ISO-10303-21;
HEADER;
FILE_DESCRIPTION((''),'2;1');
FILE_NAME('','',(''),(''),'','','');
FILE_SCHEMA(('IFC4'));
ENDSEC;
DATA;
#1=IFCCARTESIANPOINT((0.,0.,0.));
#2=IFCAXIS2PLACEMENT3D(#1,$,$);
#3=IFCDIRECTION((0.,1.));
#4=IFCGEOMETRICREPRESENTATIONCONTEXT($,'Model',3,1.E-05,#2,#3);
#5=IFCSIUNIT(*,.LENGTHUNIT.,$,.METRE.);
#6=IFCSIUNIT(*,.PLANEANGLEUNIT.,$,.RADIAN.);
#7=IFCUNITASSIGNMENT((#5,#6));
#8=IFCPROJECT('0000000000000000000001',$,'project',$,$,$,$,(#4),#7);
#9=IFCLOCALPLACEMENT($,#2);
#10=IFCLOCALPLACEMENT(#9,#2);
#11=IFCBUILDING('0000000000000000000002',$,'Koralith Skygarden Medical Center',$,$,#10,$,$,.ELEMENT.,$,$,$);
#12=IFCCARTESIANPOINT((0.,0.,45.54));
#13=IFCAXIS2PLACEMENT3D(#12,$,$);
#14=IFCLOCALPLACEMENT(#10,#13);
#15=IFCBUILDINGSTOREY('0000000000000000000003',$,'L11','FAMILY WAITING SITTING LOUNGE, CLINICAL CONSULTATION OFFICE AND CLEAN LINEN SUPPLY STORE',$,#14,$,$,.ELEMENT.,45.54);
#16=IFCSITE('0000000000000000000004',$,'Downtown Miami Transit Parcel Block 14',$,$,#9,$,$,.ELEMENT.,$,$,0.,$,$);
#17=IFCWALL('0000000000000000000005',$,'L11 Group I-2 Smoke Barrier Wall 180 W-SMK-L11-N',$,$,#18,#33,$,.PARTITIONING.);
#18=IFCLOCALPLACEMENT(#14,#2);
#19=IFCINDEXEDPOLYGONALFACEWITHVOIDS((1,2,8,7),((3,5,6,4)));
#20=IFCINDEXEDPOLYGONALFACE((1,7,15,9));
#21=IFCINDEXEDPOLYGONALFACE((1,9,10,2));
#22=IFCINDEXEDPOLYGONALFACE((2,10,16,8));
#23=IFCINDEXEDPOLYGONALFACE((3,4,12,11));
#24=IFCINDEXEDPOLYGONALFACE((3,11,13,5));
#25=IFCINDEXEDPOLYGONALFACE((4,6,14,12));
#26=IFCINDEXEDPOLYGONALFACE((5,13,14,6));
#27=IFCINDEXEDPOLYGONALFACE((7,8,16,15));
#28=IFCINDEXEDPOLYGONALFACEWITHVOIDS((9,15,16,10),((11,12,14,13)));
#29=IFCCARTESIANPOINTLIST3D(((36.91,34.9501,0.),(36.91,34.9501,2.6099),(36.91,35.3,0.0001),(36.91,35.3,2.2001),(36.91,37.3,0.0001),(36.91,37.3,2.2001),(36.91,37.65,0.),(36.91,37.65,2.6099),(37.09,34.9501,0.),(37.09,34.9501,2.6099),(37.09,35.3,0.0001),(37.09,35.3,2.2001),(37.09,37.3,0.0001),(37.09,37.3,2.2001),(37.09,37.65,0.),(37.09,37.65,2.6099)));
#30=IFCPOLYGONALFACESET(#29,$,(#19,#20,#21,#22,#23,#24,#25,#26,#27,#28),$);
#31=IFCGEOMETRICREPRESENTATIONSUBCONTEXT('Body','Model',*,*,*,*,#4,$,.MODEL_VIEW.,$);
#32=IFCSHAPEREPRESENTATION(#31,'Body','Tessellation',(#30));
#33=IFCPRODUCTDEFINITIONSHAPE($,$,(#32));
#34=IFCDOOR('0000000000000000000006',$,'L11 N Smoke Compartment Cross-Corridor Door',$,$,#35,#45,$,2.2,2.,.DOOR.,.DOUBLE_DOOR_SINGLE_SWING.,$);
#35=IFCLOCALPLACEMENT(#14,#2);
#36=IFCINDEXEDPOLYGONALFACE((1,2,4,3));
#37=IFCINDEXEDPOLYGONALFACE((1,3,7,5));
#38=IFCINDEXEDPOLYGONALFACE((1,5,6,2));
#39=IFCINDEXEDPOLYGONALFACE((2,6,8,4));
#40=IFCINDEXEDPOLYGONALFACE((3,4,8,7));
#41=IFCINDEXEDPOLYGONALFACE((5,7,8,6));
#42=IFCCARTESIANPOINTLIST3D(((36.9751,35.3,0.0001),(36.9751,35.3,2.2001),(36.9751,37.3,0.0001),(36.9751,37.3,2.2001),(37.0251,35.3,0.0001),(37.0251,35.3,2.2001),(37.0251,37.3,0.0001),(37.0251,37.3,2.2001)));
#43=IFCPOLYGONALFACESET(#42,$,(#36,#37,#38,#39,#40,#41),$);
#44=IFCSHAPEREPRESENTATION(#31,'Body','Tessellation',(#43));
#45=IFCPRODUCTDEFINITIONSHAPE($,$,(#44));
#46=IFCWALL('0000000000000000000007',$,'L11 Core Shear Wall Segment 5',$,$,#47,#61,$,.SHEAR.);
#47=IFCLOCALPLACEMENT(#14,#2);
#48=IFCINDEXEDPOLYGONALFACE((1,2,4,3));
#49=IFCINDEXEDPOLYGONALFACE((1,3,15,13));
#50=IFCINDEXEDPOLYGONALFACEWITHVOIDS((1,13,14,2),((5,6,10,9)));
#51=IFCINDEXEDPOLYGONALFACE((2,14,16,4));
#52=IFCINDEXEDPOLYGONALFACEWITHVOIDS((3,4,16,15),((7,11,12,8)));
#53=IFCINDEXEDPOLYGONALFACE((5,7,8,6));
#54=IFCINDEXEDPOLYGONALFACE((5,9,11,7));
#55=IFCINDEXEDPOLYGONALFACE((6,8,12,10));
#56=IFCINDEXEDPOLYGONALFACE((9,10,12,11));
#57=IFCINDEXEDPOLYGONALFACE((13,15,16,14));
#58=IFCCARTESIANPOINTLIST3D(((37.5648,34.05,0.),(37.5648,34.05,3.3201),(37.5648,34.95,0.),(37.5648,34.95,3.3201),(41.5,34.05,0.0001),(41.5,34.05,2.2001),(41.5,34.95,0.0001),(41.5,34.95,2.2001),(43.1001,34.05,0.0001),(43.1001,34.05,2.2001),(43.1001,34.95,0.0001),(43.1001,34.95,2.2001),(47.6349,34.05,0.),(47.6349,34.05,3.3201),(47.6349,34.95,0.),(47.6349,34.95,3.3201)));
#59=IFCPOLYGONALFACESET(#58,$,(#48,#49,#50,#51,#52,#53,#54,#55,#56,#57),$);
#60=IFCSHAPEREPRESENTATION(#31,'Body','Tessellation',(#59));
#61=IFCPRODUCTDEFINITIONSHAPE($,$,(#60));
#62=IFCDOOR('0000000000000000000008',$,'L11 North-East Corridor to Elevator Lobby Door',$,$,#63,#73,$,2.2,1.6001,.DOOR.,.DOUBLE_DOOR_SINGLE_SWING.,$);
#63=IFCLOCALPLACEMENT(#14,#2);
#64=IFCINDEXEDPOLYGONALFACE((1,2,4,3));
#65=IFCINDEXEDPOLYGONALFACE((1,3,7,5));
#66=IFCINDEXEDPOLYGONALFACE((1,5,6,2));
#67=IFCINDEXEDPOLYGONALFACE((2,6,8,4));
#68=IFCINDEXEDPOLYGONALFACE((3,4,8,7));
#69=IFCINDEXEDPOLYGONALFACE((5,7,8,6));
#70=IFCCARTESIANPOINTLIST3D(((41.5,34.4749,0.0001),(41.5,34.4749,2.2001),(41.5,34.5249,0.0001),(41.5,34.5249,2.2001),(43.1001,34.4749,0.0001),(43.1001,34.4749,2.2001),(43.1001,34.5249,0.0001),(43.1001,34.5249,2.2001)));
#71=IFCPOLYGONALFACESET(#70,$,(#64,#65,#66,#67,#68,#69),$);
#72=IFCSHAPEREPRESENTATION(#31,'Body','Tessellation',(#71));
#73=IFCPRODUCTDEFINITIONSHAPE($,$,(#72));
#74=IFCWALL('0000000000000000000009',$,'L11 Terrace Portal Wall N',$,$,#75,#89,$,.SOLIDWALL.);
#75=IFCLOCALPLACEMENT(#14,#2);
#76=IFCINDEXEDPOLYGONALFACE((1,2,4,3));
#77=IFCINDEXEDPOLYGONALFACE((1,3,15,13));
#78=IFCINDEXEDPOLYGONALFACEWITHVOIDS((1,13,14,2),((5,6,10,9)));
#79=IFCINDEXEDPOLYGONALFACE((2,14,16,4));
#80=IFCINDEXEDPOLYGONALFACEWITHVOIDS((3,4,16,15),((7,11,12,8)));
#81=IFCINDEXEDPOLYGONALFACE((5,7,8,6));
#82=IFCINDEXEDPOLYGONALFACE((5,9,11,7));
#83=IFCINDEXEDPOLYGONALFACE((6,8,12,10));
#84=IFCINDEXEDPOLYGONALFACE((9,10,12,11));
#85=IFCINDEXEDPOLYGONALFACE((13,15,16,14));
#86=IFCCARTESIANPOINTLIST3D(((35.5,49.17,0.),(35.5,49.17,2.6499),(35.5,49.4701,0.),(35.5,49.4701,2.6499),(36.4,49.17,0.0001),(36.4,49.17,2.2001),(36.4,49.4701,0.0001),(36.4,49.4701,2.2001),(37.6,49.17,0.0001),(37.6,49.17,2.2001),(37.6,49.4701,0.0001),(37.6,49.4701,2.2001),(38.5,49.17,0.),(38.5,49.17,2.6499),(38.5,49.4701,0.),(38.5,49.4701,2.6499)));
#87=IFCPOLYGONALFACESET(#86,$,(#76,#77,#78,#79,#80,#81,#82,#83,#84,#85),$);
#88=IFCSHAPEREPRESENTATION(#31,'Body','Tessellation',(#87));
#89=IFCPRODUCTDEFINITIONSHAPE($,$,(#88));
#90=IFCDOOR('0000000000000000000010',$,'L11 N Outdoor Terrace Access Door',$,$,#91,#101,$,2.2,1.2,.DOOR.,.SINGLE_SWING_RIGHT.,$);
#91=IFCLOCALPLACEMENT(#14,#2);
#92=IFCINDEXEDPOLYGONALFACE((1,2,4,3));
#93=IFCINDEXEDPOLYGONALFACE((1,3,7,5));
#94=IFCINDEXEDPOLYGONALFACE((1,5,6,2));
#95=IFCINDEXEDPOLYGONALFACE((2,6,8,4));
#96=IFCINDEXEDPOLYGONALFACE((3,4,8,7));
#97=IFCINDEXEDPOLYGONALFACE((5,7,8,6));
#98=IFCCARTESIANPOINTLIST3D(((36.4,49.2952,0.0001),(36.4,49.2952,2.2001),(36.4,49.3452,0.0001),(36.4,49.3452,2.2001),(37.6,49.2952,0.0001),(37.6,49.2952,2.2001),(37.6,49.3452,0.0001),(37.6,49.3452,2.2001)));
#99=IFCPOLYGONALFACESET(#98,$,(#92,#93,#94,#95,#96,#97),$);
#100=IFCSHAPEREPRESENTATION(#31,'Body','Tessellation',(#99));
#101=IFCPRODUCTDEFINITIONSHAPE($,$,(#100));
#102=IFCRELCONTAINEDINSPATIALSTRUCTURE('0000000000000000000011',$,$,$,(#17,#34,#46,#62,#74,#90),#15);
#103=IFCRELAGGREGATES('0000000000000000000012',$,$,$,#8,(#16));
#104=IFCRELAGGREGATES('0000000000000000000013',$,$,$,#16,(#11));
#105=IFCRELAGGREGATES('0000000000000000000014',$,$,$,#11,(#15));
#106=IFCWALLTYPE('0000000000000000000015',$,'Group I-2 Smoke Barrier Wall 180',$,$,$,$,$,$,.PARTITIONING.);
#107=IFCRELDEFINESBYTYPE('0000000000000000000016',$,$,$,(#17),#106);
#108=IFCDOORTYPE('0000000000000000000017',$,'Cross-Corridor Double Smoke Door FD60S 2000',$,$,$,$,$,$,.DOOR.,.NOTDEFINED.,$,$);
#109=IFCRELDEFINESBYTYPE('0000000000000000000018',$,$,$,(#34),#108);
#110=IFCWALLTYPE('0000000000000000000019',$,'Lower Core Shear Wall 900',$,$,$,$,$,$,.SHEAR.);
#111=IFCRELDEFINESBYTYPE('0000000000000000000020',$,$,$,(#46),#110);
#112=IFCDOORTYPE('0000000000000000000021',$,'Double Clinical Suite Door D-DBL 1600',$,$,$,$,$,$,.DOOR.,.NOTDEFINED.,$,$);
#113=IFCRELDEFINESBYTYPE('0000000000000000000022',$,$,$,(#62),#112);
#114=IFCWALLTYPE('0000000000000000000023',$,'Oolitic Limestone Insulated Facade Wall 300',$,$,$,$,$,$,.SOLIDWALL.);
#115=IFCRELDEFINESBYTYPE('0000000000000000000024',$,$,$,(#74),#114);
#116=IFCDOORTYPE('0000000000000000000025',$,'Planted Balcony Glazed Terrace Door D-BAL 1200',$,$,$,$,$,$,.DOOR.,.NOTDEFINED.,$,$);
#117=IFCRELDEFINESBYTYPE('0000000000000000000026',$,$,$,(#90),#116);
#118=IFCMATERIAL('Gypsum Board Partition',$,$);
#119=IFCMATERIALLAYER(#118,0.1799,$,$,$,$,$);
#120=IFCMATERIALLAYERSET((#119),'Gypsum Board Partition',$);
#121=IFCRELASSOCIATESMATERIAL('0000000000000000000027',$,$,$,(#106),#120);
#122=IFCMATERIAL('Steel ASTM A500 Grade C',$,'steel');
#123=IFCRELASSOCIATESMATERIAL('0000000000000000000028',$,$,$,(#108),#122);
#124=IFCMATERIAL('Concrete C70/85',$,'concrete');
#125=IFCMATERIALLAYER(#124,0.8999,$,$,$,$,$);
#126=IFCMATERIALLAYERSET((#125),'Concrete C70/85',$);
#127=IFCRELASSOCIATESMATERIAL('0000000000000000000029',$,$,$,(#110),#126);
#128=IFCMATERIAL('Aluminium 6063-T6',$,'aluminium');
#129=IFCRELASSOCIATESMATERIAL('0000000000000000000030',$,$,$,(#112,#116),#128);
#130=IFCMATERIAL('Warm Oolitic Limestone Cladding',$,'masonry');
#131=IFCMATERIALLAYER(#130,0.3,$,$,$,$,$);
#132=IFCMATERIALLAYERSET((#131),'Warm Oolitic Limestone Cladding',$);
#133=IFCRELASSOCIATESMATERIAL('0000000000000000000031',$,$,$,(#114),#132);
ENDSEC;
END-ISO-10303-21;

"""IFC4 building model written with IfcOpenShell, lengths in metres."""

from ifc_helpers import new_model, si_unit, direction, frame, frame_2d, origin, place, context, subcontext, project, spatial, rectangle, extrude, material, layer, layer_set, type_object, element, fill, save


model = new_model("IFC4")

# Units and contexts
model_context = context("Model", 3, precision=1e-05, world=origin(), true_north=direction((0.0, 1.0)))
body_context = subcontext(model_context, "Body", "Model", "MODEL_VIEW")
ifc_project = project(units=[si_unit("LENGTHUNIT", "METRE"), si_unit("PLANEANGLEUNIT", "RADIAN")], contexts=[model_context])

# Site, building, storey
site_placement = place(None, origin())
site = spatial("IfcSite", under=ifc_project, at=site_placement, Name="Downtown Miami Transit Parcel Block 14", CompositionType="ELEMENT", RefElevation=0.0)
building_placement = place(site_placement, origin())
building = spatial("IfcBuilding", under=site, at=building_placement, Name="Koralith Skygarden Medical Center", CompositionType="ELEMENT")
storey_placement = place(building_placement, frame((0.0, 0.0, 45.54)))
storey = spatial("IfcBuildingStorey", under=building, at=storey_placement, Name="L11", Description="FAMILY WAITING SITTING LOUNGE, CLINICAL CONSULTATION OFFICE AND CLEAN LINEN SUPPLY STORE", CompositionType="ELEMENT", Elevation=45.54)

# Shared definitions
ifc_material_1 = material(Name="Concrete C70/85", Category="concrete")

# Shared definitions
ifc_material_2 = material(Name="Aluminium 6063-T6", Category="aluminium")

# Shared definitions
ifc_material_3 = material(Name="Gypsum Board Partition")

# Walls, openings, doors
ifc_layer_1 = layer(ifc_material_3, 0.1799)
ifc_layer_set_1 = layer_set([ifc_layer_1], Name="Gypsum Board Partition")
wall_type_1 = type_object("IfcWallType", Name="Group I-2 Smoke Barrier Wall 180", PredefinedType="PARTITIONING", material=ifc_layer_set_1)
wall_1_placement = place(storey_placement, frame((37.0, 34.95, 0.0), z_axis=(0.0, 0.0, 1.0), x_axis=(0.0, 1.0, 0.0)))
wall_1 = element("IfcWall", 1, at=wall_1_placement, inside=storey, type_object=wall_type_1, Name="L11 Group I-2 Smoke Barrier Wall 180 W-SMK-L11-N", PredefinedType="PARTITIONING", context=body_context, shape_type="SweptSolid", body=[
    extrude(rectangle(XDim=2.7, YDim=0.1799, at=frame_2d((1.3501, 0.0))), origin(), (0.0, 0.0, 1.0), 2.6099),
])
opening_1_placement = place(wall_1_placement, frame((0.3501, 0.0, 0.0)))
opening_1 = element("IfcOpeningElement", 2, at=opening_1_placement, cuts=wall_1, PredefinedType="OPENING", context=body_context, shape_type="SweptSolid", body=[
    extrude(rectangle(XDim=2.0, YDim=2.2, at=frame_2d((1.0, 1.1001))), frame((0.0, 0.0999, 0.0), z_axis=(0.0, -1.0, 0.0), x_axis=(1.0, 0.0, 0.0)), (0.0, 0.0, 1.0), 0.2),
])
ifc_material_4 = material(Name="Steel ASTM A500 Grade C", Category="steel")
door_type_1 = type_object("IfcDoorType", Name="Cross-Corridor Double Smoke Door FD60S 2000", OperationType="NOTDEFINED", PredefinedType="DOOR", material=ifc_material_4)
door_1_placement = place(opening_1_placement, origin())
door_1 = element("IfcDoor", 3, at=door_1_placement, inside=storey, type_object=door_type_1, Name="L11 N Smoke Compartment Cross-Corridor Door", OperationType="DOUBLE_DOOR_SINGLE_SWING", OverallHeight=2.2, OverallWidth=2.0, PredefinedType="DOOR", context=body_context, shape_type="SweptSolid", body=[
    extrude(rectangle(XDim=2.0, YDim=2.2, at=frame_2d((1.0, 1.1001))), frame((0.0, 0.0249, 0.0), z_axis=(0.0, -1.0, 0.0), x_axis=(1.0, 0.0, 0.0)), (0.0, 0.0, 1.0), 0.05),
])
fill(opening_1, door_1)
ifc_layer_2 = layer(ifc_material_1, 0.8999)
ifc_layer_set_2 = layer_set([ifc_layer_2], Name="Concrete C70/85")
wall_type_2 = type_object("IfcWallType", Name="Lower Core Shear Wall 900", PredefinedType="SHEAR", material=ifc_layer_set_2)
wall_2_placement = place(storey_placement, frame((47.635, 34.5, 0.0), z_axis=(0.0, 0.0, 1.0), x_axis=(-1.0, 0.0, 0.0)))
wall_2 = element("IfcWall", 4, at=wall_2_placement, inside=storey, type_object=wall_type_2, Name="L11 Core Shear Wall Segment 5", PredefinedType="SHEAR", context=body_context, shape_type="SweptSolid", body=[
    extrude(rectangle(XDim=10.0701, YDim=0.8999, at=frame_2d((5.0352, 0.0))), origin(), (0.0, 0.0, 1.0), 3.3201),
])
opening_2_placement = place(wall_2_placement, frame((4.5349, 0.0, 0.0)))
opening_2 = element("IfcOpeningElement", 5, at=opening_2_placement, cuts=wall_2, PredefinedType="OPENING", context=body_context, shape_type="SweptSolid", body=[
    extrude(rectangle(XDim=1.6001, YDim=2.2, at=frame_2d((0.8, 1.1001))), frame((0.0, 0.46, 0.0), z_axis=(0.0, -1.0, 0.0), x_axis=(1.0, 0.0, 0.0)), (0.0, 0.0, 1.0), 0.9199),
])
door_type_2 = type_object("IfcDoorType", Name="Double Clinical Suite Door D-DBL 1600", OperationType="NOTDEFINED", PredefinedType="DOOR", material=ifc_material_2)
door_2_placement = place(opening_2_placement, frame((1.6001, 0.0, 0.0), z_axis=(0.0, 0.0, 1.0), x_axis=(-1.0, 0.0, 0.0)))
door_2 = element("IfcDoor", 6, at=door_2_placement, inside=storey, type_object=door_type_2, Name="L11 North-East Corridor to Elevator Lobby Door", OperationType="DOUBLE_DOOR_SINGLE_SWING", OverallHeight=2.2, OverallWidth=1.6001, PredefinedType="DOOR", context=body_context, shape_type="SweptSolid", body=[
    extrude(rectangle(XDim=1.6001, YDim=2.2, at=frame_2d((0.8, 1.1001))), frame((0.0, 0.0249, 0.0), z_axis=(0.0, -1.0, 0.0), x_axis=(1.0, 0.0, 0.0)), (0.0, 0.0, 1.0), 0.05),
])
fill(opening_2, door_2)
ifc_material_5 = material(Name="Warm Oolitic Limestone Cladding", Category="masonry")
ifc_layer_3 = layer(ifc_material_5, 0.3)
ifc_layer_set_3 = layer_set([ifc_layer_3], Name="Warm Oolitic Limestone Cladding")
wall_type_3 = type_object("IfcWallType", Name="Oolitic Limestone Insulated Facade Wall 300", PredefinedType="SOLIDWALL", material=ifc_layer_set_3)
wall_3_placement = place(storey_placement, frame((38.5, 49.3201, 0.0), z_axis=(0.0, 0.0, 1.0), x_axis=(-1.0, 0.0, 0.0)))
wall_3 = element("IfcWall", 7, at=wall_3_placement, inside=storey, type_object=wall_type_3, Name="L11 Terrace Portal Wall N", PredefinedType="SOLIDWALL", context=body_context, shape_type="SweptSolid", body=[
    extrude(rectangle(XDim=3.0, YDim=0.3, at=frame_2d((1.5, 0.0))), origin(), (0.0, 0.0, 1.0), 2.6499),
])
opening_3_placement = place(wall_3_placement, frame((0.8999, 0.0, 0.0)))
opening_3 = element("IfcOpeningElement", 8, at=opening_3_placement, cuts=wall_3, PredefinedType="OPENING", context=body_context, shape_type="SweptSolid", body=[
    extrude(rectangle(XDim=1.2, YDim=2.2, at=frame_2d((0.6001, 1.1001))), frame((0.0, 0.1599, 0.0), z_axis=(0.0, -1.0, 0.0), x_axis=(1.0, 0.0, 0.0)), (0.0, 0.0, 1.0), 0.3201),
])
door_type_3 = type_object("IfcDoorType", Name="Planted Balcony Glazed Terrace Door D-BAL 1200", OperationType="NOTDEFINED", PredefinedType="DOOR", material=ifc_material_2)
door_3_placement = place(opening_3_placement, origin())
door_3 = element("IfcDoor", 9, at=door_3_placement, inside=storey, type_object=door_type_3, Name="L11 N Outdoor Terrace Access Door", OperationType="SINGLE_SWING_RIGHT", OverallHeight=2.2, OverallWidth=1.2, PredefinedType="DOOR", context=body_context, shape_type="SweptSolid", body=[
    extrude(rectangle(XDim=1.2, YDim=2.2, at=frame_2d((0.6001, 1.1001))), frame((0.0, 0.0249, 0.0), z_axis=(0.0, -1.0, 0.0), x_axis=(1.0, 0.0, 0.0)), (0.0, 0.0, 1.0), 0.05),
])
fill(opening_3, door_3)

save(model, "model.ifc")
